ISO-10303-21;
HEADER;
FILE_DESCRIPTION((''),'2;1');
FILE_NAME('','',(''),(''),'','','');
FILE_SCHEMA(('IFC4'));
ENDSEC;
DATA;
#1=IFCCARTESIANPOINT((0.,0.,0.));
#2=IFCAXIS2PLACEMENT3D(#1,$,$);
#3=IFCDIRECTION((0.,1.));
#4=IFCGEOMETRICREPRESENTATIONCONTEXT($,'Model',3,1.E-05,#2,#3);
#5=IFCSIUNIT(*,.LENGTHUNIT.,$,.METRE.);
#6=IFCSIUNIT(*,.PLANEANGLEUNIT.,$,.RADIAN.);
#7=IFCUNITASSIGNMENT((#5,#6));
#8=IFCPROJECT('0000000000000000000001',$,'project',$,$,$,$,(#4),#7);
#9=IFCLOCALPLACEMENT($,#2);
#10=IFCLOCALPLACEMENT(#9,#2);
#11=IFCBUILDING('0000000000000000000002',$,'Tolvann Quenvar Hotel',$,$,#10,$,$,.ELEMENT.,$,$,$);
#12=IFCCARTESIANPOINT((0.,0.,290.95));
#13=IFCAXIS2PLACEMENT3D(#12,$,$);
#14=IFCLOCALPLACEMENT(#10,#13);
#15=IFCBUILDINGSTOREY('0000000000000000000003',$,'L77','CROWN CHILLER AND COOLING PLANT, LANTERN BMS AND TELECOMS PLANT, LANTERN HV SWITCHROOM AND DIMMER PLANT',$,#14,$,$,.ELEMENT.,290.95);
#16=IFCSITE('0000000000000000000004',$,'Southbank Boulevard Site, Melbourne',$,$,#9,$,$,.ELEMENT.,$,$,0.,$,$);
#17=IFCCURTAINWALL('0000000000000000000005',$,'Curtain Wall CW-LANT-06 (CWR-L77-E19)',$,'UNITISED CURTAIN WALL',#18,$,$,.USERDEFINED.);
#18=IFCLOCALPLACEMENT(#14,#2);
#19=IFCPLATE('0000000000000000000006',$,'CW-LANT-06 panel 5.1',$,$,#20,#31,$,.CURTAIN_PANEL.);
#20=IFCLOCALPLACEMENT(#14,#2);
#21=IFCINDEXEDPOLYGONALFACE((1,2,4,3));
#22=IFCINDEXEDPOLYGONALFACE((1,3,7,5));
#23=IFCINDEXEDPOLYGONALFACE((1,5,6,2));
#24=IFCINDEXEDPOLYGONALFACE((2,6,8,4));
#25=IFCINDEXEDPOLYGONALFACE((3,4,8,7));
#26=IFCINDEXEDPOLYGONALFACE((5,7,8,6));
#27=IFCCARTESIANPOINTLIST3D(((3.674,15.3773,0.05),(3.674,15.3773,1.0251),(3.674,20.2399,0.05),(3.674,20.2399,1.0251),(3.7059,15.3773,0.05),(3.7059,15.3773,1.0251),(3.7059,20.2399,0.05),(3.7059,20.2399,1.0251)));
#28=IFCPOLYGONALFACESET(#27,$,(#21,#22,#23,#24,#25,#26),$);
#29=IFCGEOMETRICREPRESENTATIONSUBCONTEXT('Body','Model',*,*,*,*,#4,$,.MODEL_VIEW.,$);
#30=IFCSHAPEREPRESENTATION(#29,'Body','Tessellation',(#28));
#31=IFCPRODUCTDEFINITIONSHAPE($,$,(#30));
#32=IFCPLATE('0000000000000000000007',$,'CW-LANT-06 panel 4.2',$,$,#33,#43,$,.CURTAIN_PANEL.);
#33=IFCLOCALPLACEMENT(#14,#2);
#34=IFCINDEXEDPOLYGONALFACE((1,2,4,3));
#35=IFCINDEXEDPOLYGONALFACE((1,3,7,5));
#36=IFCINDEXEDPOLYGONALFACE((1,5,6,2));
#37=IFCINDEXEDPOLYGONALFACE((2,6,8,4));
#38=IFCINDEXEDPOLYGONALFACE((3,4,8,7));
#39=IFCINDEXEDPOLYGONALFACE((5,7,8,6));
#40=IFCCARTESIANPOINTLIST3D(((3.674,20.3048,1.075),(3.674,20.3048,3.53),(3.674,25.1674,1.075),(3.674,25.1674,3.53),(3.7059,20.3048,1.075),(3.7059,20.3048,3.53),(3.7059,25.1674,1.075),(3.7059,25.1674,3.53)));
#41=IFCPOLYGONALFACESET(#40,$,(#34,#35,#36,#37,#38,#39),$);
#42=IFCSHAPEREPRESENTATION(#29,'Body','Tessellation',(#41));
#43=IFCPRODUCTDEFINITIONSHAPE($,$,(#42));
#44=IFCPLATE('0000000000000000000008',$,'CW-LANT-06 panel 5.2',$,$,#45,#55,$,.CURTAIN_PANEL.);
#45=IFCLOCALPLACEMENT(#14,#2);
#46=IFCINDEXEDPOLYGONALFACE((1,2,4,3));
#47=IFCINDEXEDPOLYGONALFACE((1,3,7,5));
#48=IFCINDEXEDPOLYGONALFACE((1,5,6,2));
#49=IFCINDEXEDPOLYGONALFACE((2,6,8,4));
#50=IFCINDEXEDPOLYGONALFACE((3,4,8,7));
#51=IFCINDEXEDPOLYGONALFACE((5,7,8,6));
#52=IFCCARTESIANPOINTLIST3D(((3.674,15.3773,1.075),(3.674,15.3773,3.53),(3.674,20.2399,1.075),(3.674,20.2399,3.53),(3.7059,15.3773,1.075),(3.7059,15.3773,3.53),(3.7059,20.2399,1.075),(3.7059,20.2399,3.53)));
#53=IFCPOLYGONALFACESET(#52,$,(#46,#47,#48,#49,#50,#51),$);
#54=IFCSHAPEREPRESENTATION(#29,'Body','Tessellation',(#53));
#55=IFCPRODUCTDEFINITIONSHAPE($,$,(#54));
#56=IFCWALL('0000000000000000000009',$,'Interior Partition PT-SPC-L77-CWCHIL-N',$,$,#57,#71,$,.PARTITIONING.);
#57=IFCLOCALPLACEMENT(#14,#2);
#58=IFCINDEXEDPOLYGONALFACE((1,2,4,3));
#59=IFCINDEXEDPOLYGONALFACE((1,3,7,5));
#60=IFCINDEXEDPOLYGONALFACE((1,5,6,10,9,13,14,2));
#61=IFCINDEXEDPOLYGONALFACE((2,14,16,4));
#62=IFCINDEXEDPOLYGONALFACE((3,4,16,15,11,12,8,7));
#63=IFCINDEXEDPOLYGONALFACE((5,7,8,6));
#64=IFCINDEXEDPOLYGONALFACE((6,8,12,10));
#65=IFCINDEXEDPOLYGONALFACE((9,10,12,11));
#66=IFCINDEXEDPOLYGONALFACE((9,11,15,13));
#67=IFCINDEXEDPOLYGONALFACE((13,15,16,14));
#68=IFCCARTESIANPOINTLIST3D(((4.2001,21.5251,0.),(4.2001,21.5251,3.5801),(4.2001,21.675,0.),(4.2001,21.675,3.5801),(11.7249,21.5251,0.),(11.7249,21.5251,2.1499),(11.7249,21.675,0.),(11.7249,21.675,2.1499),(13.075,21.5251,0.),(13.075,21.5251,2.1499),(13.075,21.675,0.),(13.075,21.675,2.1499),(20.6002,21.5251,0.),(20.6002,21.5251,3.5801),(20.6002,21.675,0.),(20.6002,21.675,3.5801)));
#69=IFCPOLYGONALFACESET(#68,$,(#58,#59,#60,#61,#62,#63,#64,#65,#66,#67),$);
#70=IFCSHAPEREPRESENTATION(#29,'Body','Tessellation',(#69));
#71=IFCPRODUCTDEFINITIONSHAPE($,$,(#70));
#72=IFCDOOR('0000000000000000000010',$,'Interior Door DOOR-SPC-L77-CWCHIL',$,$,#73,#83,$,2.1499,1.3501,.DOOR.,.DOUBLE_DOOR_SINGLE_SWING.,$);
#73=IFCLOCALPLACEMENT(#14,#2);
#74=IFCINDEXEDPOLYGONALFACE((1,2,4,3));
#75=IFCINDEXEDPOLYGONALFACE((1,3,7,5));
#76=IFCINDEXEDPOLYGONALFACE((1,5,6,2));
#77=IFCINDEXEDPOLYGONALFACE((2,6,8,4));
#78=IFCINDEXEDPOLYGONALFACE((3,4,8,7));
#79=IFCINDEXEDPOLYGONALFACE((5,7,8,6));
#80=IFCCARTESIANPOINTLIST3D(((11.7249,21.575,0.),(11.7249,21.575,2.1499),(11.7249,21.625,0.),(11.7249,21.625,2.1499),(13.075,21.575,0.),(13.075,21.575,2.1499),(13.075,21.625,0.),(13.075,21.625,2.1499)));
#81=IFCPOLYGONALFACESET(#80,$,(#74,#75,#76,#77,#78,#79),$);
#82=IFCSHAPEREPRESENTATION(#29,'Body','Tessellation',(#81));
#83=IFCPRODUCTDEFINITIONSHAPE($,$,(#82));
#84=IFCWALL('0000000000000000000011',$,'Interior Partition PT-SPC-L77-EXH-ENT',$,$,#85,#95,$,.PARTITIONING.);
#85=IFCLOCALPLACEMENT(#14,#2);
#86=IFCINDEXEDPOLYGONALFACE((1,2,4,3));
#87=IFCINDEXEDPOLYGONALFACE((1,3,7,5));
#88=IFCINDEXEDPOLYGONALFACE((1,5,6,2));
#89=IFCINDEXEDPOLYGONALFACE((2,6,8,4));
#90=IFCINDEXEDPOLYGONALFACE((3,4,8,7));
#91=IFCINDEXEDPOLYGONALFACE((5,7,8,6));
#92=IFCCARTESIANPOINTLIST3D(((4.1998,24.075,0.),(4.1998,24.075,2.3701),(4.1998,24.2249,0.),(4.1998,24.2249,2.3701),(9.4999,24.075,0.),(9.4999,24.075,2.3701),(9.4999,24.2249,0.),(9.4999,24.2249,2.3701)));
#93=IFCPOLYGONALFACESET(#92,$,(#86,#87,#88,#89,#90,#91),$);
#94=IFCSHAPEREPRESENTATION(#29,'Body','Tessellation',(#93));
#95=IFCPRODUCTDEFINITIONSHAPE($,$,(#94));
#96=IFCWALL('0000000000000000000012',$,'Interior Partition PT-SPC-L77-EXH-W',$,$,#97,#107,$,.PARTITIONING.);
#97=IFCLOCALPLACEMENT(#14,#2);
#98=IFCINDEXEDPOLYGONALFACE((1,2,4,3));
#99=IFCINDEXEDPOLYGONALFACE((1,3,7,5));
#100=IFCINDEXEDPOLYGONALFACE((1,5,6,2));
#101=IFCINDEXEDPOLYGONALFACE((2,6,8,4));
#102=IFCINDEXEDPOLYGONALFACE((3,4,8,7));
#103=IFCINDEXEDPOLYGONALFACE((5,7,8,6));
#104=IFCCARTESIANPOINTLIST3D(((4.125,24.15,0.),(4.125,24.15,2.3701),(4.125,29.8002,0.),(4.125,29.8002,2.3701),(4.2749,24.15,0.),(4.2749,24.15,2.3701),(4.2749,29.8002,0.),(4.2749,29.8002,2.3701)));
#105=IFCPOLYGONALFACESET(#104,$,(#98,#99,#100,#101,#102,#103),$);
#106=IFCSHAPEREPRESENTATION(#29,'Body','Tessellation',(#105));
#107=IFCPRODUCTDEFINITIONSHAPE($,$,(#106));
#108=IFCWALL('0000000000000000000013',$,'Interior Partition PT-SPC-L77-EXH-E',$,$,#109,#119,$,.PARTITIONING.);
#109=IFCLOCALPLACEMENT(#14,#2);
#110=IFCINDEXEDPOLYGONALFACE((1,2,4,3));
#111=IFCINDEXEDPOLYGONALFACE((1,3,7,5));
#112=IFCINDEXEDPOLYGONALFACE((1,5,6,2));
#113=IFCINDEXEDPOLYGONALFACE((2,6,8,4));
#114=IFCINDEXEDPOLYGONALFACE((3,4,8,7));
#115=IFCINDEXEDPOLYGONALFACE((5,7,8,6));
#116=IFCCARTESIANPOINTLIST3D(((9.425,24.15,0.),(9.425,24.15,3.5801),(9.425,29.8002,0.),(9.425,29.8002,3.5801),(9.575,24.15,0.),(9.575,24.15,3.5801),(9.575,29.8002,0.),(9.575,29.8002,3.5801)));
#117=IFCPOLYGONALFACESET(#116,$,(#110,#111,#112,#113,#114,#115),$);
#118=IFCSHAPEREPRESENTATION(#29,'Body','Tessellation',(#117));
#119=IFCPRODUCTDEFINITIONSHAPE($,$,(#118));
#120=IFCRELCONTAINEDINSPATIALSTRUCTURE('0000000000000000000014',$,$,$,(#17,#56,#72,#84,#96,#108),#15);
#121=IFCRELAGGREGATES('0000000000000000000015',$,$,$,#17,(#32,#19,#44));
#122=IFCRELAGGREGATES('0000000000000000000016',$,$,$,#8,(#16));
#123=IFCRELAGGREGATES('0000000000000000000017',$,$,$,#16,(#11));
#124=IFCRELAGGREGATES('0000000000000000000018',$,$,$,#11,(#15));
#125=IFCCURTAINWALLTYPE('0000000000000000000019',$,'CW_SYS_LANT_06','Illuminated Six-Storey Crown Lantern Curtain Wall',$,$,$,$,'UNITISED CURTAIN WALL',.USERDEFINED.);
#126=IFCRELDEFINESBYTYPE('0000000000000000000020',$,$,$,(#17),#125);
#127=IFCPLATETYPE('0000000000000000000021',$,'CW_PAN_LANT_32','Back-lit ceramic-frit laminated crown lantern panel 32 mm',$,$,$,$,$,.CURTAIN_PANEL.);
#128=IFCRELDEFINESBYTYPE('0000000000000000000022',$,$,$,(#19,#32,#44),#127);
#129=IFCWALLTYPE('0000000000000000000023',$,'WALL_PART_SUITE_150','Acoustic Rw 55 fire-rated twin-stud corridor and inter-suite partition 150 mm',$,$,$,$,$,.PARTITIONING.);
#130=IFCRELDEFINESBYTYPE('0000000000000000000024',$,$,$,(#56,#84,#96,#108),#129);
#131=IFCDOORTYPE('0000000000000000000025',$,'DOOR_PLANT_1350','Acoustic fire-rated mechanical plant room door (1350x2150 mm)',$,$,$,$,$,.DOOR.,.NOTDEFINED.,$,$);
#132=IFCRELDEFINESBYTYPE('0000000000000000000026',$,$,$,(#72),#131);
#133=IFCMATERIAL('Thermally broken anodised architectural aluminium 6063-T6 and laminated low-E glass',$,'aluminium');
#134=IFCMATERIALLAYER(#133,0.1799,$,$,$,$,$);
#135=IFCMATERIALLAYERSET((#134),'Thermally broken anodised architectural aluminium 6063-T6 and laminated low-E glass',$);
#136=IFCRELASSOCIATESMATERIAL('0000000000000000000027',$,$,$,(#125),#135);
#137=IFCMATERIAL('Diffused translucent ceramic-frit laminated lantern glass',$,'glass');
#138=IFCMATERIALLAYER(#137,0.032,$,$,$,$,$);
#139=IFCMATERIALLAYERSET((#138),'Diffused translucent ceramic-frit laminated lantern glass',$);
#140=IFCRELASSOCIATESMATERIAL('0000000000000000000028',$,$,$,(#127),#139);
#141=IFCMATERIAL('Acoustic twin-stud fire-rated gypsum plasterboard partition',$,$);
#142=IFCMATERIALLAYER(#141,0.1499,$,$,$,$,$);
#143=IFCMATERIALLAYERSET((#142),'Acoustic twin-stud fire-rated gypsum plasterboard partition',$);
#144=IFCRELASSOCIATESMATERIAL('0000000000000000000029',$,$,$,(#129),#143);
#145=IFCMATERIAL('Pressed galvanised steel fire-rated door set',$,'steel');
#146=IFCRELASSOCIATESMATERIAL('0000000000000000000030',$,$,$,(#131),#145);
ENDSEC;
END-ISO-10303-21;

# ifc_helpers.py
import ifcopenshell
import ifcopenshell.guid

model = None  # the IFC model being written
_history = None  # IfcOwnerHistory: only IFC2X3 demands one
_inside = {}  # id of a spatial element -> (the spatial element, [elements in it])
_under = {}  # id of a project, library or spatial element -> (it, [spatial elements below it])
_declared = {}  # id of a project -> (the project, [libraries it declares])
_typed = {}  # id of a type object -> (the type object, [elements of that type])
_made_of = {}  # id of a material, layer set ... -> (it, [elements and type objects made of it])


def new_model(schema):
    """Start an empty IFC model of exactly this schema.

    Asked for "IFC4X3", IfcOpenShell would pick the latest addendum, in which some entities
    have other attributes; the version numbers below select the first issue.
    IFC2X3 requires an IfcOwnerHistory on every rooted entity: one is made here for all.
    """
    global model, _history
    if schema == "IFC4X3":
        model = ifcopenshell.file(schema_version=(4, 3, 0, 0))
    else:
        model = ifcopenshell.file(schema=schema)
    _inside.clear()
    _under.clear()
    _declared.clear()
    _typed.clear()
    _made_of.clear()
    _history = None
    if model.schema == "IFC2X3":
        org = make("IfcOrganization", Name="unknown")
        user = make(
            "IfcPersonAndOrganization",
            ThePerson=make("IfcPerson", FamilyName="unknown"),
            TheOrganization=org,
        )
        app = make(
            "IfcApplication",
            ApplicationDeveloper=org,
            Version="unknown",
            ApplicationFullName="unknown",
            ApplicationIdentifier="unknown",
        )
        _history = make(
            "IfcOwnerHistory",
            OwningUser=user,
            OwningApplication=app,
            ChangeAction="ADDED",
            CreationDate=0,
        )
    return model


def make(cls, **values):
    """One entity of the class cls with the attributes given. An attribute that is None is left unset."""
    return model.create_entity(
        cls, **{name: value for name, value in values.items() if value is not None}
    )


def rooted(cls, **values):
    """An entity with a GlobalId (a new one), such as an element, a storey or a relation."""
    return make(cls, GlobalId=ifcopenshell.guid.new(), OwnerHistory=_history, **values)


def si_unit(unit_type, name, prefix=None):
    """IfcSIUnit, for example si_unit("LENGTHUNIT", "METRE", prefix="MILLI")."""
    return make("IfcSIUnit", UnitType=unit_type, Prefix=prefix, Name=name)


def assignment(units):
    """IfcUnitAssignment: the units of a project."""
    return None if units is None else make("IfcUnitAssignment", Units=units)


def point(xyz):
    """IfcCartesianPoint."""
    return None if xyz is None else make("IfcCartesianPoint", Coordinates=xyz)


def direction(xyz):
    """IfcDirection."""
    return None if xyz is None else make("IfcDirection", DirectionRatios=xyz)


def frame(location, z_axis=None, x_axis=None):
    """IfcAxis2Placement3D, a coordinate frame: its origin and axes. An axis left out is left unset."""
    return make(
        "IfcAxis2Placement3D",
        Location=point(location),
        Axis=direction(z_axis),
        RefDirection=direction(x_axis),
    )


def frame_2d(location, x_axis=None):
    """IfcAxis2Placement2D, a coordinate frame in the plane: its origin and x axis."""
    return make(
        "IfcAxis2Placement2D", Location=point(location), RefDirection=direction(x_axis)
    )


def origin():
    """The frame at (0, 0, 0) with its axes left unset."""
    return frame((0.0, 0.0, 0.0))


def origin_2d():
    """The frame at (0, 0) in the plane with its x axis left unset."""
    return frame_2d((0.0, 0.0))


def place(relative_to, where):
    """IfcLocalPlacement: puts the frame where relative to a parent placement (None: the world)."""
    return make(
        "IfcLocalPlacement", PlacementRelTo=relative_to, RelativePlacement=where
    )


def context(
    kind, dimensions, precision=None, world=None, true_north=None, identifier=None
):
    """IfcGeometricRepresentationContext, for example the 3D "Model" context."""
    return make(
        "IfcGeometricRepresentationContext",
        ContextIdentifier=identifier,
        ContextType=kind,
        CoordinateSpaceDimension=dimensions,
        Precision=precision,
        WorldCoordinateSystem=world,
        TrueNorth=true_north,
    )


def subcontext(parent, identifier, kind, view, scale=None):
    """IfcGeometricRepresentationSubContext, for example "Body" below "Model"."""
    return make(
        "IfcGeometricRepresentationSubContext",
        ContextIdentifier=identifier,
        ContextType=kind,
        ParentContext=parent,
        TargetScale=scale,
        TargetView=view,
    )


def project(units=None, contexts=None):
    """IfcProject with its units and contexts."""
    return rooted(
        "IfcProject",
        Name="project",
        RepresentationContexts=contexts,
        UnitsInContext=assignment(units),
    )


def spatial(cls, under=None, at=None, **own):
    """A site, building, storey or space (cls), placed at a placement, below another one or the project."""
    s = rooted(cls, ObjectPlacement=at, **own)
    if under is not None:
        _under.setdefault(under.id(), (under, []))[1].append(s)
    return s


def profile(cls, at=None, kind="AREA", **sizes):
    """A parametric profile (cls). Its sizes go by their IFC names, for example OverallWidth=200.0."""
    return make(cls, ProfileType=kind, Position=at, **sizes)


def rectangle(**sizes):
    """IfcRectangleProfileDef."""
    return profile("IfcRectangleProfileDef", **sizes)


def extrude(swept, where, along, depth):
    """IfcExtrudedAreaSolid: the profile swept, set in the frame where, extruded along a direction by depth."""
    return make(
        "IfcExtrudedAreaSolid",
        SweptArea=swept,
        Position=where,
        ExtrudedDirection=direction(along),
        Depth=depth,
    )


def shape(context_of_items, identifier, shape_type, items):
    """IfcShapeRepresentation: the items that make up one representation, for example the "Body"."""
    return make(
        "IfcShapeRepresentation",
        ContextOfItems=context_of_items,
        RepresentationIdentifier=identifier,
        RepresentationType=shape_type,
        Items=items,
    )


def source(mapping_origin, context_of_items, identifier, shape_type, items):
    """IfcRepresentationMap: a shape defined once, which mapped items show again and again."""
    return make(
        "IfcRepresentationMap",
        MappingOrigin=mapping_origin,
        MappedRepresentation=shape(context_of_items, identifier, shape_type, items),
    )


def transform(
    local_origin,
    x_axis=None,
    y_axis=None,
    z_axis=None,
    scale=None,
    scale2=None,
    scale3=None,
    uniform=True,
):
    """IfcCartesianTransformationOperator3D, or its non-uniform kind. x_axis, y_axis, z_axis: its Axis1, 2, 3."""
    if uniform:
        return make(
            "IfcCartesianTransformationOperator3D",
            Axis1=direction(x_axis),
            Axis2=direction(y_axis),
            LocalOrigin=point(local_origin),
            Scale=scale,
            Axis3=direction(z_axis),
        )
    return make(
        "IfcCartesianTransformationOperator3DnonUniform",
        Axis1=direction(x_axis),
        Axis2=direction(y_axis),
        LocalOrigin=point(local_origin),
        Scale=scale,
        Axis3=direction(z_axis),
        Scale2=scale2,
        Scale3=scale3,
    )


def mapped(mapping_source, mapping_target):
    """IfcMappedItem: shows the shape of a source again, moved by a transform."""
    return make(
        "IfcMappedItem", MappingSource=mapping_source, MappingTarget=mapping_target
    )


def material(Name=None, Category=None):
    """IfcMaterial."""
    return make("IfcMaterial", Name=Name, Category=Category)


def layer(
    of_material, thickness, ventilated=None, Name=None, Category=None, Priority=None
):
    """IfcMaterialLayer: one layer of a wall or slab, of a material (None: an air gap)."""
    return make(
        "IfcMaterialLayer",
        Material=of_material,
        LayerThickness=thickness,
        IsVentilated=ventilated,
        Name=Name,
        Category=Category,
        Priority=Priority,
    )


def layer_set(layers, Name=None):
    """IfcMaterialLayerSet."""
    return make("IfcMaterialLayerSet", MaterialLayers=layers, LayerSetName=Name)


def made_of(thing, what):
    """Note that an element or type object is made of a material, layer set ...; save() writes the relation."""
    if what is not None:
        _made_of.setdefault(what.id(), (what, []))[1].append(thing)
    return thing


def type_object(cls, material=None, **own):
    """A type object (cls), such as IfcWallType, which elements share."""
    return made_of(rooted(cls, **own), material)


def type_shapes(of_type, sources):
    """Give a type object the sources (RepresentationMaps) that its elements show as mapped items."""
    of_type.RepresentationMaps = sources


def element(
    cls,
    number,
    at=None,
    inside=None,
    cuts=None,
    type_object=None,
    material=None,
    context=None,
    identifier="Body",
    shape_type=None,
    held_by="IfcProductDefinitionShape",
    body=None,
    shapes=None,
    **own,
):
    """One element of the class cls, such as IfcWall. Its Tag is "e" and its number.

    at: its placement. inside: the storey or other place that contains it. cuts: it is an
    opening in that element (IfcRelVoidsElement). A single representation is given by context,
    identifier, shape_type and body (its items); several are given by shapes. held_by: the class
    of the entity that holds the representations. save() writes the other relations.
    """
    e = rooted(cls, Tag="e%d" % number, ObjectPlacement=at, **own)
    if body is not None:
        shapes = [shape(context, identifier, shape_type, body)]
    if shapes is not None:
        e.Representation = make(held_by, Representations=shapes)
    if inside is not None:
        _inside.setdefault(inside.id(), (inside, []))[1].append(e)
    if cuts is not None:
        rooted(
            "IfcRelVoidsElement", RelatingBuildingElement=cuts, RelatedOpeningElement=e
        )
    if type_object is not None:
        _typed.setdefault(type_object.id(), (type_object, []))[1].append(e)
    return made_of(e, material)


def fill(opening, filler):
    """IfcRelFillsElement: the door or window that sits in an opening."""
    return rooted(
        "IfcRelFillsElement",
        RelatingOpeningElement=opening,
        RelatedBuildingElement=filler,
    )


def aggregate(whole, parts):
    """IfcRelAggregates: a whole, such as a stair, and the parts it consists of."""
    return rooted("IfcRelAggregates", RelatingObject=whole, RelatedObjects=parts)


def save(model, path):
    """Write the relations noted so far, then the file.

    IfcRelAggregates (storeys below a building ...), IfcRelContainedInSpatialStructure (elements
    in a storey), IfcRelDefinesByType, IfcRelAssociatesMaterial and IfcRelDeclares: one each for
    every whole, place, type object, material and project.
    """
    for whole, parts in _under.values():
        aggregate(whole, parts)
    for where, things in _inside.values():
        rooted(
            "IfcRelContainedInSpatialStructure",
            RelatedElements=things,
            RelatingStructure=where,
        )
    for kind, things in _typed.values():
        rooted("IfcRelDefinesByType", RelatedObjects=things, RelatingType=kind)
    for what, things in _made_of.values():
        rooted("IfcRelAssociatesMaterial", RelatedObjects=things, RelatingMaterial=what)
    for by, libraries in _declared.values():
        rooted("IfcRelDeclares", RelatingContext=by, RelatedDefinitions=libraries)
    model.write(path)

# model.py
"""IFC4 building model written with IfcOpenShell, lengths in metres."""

from ifc_helpers import new_model, si_unit, direction, frame, frame_2d, origin, origin_2d, place, context, subcontext, project, spatial, rectangle, extrude, source, transform, mapped, material, layer, layer_set, type_object, type_shapes, element, fill, aggregate, save


model = new_model("IFC4")

# Units and contexts
model_context = context("Model", 3, precision=1e-05, world=origin(), true_north=direction((0.0, 1.0)))
body_context = subcontext(model_context, "Body", "Model", "MODEL_VIEW")
ifc_project = project(units=[si_unit("LENGTHUNIT", "METRE"), si_unit("PLANEANGLEUNIT", "RADIAN")], contexts=[model_context])

# Site, building, storey
site_placement = place(None, origin())
site = spatial("IfcSite", under=ifc_project, at=site_placement, Name="Southbank Boulevard Site, Melbourne", CompositionType="ELEMENT", RefElevation=0.0)
building_placement = place(site_placement, origin())
building = spatial("IfcBuilding", under=site, at=building_placement, Name="Tolvann Quenvar Hotel", CompositionType="ELEMENT")
storey_placement = place(building_placement, frame((0.0, 0.0, 290.95)))
storey = spatial("IfcBuildingStorey", under=building, at=storey_placement, Name="L77", Description="CROWN CHILLER AND COOLING PLANT, LANTERN BMS AND TELECOMS PLANT, LANTERN HV SWITCHROOM AND DIMMER PLANT", CompositionType="ELEMENT", Elevation=290.95)

# Curtain wall
ifc_material_1 = material(Name="Thermally broken anodised architectural aluminium 6063-T6 and laminated low-E glass", Category="aluminium")
ifc_layer_1 = layer(ifc_material_1, 0.1799)
ifc_layer_set_1 = layer_set([ifc_layer_1], Name="Thermally broken anodised architectural aluminium 6063-T6 and laminated low-E glass")
curtain_wall_type = type_object("IfcCurtainWallType", Name="CW_SYS_LANT_06", Description="Illuminated Six-Storey Crown Lantern Curtain Wall", ElementType="UNITISED CURTAIN WALL", PredefinedType="USERDEFINED", material=ifc_layer_set_1)
curtain_wall_placement = place(storey_placement, origin())
curtain_wall = element("IfcCurtainWall", 1, at=curtain_wall_placement, inside=storey, type_object=curtain_wall_type, Name="Curtain Wall CW-LANT-06 (CWR-L77-E19)", ObjectType="UNITISED CURTAIN WALL", PredefinedType="USERDEFINED")

# Plates
ifc_material_2 = material(Name="Diffused translucent ceramic-frit laminated lantern glass", Category="glass")
ifc_layer_2 = layer(ifc_material_2, 0.032)
ifc_layer_set_2 = layer_set([ifc_layer_2], Name="Diffused translucent ceramic-frit laminated lantern glass")
plate_type_1 = type_object("IfcPlateType", Name="CW_PAN_LANT_32", Description="Back-lit ceramic-frit laminated crown lantern panel 32 mm", PredefinedType="CURTAIN_PANEL", material=ifc_layer_set_2)
shared_shape_1 = source(origin(), body_context, "Body", "SweptSolid", [
    extrude(rectangle(XDim=4.8625, YDim=0.032, at=origin_2d()), origin(), (0.0, 0.0, 1.0), 0.9751),
])
plate_1_placement = place(storey_placement, frame((3.6899, 17.8086, 0.05), z_axis=(0.0, 0.0, 1.0), x_axis=(0.0, -1.0, 0.0)))
plate_1 = element("IfcPlate", 2, at=plate_1_placement, type_object=plate_type_1, Name="CW-LANT-06 panel 5.1", PredefinedType="CURTAIN_PANEL", context=body_context, shape_type="MappedRepresentation", body=[
    mapped(shared_shape_1, transform((0.0, 0.0, 0.0), x_axis=(1.0, 0.0, 0.0), y_axis=(0.0, 1.0, 0.0), z_axis=(0.0, 0.0, 1.0), scale=1.0)),
])
shared_shape_2 = source(origin(), body_context, "Body", "SweptSolid", [
    extrude(rectangle(XDim=4.8625, YDim=0.032, at=origin_2d()), origin(), (0.0, 0.0, 1.0), 2.4551),
])
type_shapes(plate_type_1, [shared_shape_1, shared_shape_2])
plate_2_placement = place(storey_placement, frame((3.6899, 22.7361, 1.075), z_axis=(0.0, 0.0, 1.0), x_axis=(0.0, -1.0, 0.0)))
plate_2 = element("IfcPlate", 3, at=plate_2_placement, type_object=plate_type_1, Name="CW-LANT-06 panel 4.2", PredefinedType="CURTAIN_PANEL", context=body_context, shape_type="MappedRepresentation", body=[
    mapped(shared_shape_2, transform((0.0, 0.0, 0.0), x_axis=(1.0, 0.0, 0.0), y_axis=(0.0, 1.0, 0.0), z_axis=(0.0, 0.0, 1.0), scale=1.0)),
])
plate_3_placement = place(storey_placement, frame((3.6899, 17.8086, 1.075), z_axis=(0.0, 0.0, 1.0), x_axis=(0.0, -1.0, 0.0)))
plate_3 = element("IfcPlate", 4, at=plate_3_placement, type_object=plate_type_1, Name="CW-LANT-06 panel 5.2", PredefinedType="CURTAIN_PANEL", context=body_context, shape_type="MappedRepresentation", body=[
    mapped(shared_shape_2, transform((0.0, 0.0, 0.0), x_axis=(1.0, 0.0, 0.0), y_axis=(0.0, 1.0, 0.0), z_axis=(0.0, 0.0, 1.0), scale=1.0)),
])
aggregate(curtain_wall, [plate_2, plate_1, plate_3])

# Wall, opening, door
ifc_material_3 = material(Name="Acoustic twin-stud fire-rated gypsum plasterboard partition")
ifc_layer_3 = layer(ifc_material_3, 0.1499)
ifc_layer_set_3 = layer_set([ifc_layer_3], Name="Acoustic twin-stud fire-rated gypsum plasterboard partition")
wall_type = type_object("IfcWallType", Name="WALL_PART_SUITE_150", Description="Acoustic Rw 55 fire-rated twin-stud corridor and inter-suite partition 150 mm", PredefinedType="PARTITIONING", material=ifc_layer_set_3)
wall_1_placement = place(storey_placement, frame((4.2, 21.6001, 0.0), z_axis=(0.0, 0.0, 1.0), x_axis=(1.0, 0.0, 0.0)))
wall_1 = element("IfcWall", 5, at=wall_1_placement, inside=storey, type_object=wall_type, Name="Interior Partition PT-SPC-L77-CWCHIL-N", PredefinedType="PARTITIONING", context=body_context, shape_type="SweptSolid", body=[
    extrude(rectangle(XDim=16.4001, YDim=0.1499, at=frame_2d((8.2002, 0.0))), origin(), (0.0, 0.0, 1.0), 3.5801),
])
opening_placement = place(wall_1_placement, frame((7.5249, 0.0, 0.0)))
opening = element("IfcOpeningElement", 6, at=opening_placement, cuts=wall_1, PredefinedType="OPENING", context=body_context, shape_type="SweptSolid", body=[
    extrude(rectangle(XDim=1.3501, YDim=2.1499, at=frame_2d((0.675, 1.075))), frame((0.0, 0.085, 0.0), z_axis=(0.0, -1.0, 0.0), x_axis=(1.0, 0.0, 0.0)), (0.0, 0.0, 1.0), 0.1699),
])
ifc_material_4 = material(Name="Pressed galvanised steel fire-rated door set", Category="steel")
door_type = type_object("IfcDoorType", Name="DOOR_PLANT_1350", Description="Acoustic fire-rated mechanical plant room door (1350x2150 mm)", OperationType="NOTDEFINED", PredefinedType="DOOR", material=ifc_material_4)
shared_shape_3 = source(origin(), body_context, "Body", "SweptSolid", [
    extrude(rectangle(XDim=1.3501, YDim=2.1499, at=frame_2d((0.675, 1.075))), frame((0.0, 0.0249, 0.0), z_axis=(0.0, -1.0, 0.0), x_axis=(1.0, 0.0, 0.0)), (0.0, 0.0, 1.0), 0.05),
])
type_shapes(door_type, [shared_shape_3])
door_placement = place(opening_placement, origin())
door = element("IfcDoor", 7, at=door_placement, inside=storey, type_object=door_type, Name="Interior Door DOOR-SPC-L77-CWCHIL", OperationType="DOUBLE_DOOR_SINGLE_SWING", OverallHeight=2.1499, OverallWidth=1.3501, PredefinedType="DOOR", context=body_context, shape_type="MappedRepresentation", body=[
    mapped(shared_shape_3, transform((0.0, 0.0, 0.0), x_axis=(1.0, 0.0, 0.0), y_axis=(0.0, 1.0, 0.0), z_axis=(0.0, 0.0, 1.0), scale=1.0)),
])
fill(opening, door)

# Walls
wall_2_placement = place(storey_placement, frame((4.2, 24.1499, 0.0), z_axis=(0.0, 0.0, 1.0), x_axis=(1.0, 0.0, 0.0)))
element("IfcWall", 8, at=wall_2_placement, inside=storey, type_object=wall_type, Name="Interior Partition PT-SPC-L77-EXH-ENT", PredefinedType="PARTITIONING", context=body_context, shape_type="SweptSolid", body=[
    extrude(rectangle(XDim=5.3, YDim=0.1499, at=frame_2d((2.6499, 0.0))), origin(), (0.0, 0.0, 1.0), 2.3701),
])
wall_3_placement = place(storey_placement, frame((4.2, 24.1499, 0.0), z_axis=(0.0, 0.0, 1.0), x_axis=(0.0, 1.0, 0.0)))
element("IfcWall", 9, at=wall_3_placement, inside=storey, type_object=wall_type, Name="Interior Partition PT-SPC-L77-EXH-W", PredefinedType="PARTITIONING", context=body_context, shape_type="SweptSolid", body=[
    extrude(rectangle(XDim=5.6501, YDim=0.1499, at=frame_2d((2.8252, 0.0))), origin(), (0.0, 0.0, 1.0), 2.3701),
])
wall_4_placement = place(storey_placement, frame((9.5, 24.1499, 0.0), z_axis=(0.0, 0.0, 1.0), x_axis=(0.0, 1.0, 0.0)))
element("IfcWall", 10, at=wall_4_placement, inside=storey, type_object=wall_type, Name="Interior Partition PT-SPC-L77-EXH-E", PredefinedType="PARTITIONING", context=body_context, shape_type="SweptSolid", body=[
    extrude(rectangle(XDim=5.6501, YDim=0.1499, at=frame_2d((2.8252, 0.0))), origin(), (0.0, 0.0, 1.0), 3.5801),
])

save(model, "model.ifc")
